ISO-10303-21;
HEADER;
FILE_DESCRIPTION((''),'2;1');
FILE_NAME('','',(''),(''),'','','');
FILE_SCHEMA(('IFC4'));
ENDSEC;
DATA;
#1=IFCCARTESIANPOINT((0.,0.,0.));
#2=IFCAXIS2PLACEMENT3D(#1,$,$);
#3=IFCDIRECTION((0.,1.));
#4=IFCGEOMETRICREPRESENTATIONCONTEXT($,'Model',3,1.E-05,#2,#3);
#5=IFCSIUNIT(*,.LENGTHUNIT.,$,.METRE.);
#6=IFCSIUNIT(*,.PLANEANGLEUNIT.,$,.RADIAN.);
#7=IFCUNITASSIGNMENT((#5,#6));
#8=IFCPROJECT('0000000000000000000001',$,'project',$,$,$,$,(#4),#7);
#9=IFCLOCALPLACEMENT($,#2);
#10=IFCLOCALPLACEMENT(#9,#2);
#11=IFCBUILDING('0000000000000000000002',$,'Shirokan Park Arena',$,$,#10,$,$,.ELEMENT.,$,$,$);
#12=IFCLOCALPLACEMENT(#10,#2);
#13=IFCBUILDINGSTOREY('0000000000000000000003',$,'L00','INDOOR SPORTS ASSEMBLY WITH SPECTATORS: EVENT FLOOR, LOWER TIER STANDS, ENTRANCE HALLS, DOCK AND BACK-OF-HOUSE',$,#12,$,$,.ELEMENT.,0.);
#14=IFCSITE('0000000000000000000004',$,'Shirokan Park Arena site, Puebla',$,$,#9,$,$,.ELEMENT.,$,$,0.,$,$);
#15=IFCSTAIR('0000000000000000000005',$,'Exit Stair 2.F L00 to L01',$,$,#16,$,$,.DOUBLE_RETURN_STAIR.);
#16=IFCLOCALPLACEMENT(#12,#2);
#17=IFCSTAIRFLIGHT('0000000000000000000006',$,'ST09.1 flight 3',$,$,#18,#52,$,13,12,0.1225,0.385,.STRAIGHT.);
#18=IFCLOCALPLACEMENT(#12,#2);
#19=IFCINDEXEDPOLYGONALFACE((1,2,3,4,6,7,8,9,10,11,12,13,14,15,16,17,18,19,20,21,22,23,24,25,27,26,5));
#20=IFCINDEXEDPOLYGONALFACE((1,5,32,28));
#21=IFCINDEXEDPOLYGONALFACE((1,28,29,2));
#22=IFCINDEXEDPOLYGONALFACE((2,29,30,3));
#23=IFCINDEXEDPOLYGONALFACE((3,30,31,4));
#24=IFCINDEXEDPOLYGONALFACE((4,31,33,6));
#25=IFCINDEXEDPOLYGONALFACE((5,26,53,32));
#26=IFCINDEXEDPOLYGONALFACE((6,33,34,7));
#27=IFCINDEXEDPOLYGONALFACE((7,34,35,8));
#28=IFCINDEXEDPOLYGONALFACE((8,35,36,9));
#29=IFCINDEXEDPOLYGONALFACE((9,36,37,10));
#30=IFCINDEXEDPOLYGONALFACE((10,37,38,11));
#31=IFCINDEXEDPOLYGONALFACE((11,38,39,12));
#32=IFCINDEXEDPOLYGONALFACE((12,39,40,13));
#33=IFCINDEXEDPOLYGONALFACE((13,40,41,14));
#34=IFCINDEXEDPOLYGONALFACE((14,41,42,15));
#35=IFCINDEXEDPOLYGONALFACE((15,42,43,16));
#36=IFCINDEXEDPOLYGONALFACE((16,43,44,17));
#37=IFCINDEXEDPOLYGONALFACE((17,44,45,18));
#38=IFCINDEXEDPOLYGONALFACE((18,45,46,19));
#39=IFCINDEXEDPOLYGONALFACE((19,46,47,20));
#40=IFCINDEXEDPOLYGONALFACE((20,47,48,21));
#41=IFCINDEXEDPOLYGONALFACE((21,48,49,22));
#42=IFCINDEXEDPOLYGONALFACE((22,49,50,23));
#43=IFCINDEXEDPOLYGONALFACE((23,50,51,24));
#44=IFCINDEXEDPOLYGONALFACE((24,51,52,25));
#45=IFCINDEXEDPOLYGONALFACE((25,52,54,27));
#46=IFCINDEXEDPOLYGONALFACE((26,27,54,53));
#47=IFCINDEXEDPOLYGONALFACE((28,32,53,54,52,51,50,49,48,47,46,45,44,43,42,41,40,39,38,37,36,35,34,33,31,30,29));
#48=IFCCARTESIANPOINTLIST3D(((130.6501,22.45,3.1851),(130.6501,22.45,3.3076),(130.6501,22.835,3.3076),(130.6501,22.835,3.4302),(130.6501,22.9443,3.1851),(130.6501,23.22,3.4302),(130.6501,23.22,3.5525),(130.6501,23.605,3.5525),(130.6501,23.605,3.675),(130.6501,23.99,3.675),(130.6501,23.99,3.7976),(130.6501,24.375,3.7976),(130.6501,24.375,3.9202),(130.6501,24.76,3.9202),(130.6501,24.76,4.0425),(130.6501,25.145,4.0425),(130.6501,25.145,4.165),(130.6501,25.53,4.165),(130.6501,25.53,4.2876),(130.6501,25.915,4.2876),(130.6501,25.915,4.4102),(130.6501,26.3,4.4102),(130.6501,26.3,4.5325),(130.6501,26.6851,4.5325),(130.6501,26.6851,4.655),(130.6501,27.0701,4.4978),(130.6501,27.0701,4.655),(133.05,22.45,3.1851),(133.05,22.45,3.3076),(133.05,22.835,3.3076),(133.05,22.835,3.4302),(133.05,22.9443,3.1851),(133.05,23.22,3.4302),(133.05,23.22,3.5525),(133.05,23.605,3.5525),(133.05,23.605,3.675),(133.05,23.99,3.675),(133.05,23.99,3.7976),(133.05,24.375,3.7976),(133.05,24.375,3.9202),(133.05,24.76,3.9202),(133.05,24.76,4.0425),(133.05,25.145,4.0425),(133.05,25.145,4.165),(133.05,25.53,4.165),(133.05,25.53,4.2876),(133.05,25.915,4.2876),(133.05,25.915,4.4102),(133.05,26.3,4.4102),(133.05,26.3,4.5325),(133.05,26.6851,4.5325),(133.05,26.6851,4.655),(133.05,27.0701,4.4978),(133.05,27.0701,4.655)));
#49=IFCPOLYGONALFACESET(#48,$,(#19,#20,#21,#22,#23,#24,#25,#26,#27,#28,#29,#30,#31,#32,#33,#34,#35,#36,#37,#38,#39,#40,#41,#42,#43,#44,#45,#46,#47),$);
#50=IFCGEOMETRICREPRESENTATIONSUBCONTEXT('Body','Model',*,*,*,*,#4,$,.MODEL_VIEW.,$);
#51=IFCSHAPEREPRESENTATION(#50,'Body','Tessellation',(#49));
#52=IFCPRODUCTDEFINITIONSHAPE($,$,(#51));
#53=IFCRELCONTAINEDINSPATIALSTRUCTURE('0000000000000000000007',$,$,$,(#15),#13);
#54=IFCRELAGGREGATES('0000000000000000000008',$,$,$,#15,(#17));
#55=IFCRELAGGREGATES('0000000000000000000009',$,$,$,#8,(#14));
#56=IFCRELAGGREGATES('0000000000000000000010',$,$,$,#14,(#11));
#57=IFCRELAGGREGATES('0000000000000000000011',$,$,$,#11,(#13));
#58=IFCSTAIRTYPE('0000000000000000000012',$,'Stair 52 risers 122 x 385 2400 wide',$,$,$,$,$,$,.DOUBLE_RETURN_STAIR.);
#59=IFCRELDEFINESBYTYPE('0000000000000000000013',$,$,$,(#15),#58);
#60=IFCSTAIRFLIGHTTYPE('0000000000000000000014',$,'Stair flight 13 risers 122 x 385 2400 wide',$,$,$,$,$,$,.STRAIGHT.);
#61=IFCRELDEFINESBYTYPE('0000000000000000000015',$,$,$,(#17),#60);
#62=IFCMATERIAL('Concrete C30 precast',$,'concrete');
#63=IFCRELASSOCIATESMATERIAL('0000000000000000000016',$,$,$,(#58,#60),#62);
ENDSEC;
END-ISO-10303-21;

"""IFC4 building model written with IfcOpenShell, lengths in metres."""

from ifc_helpers import new_model, si_unit, direction, frame, origin, place, context, subcontext, project, spatial, polyline, outline, extrude, material, type_object, element, aggregate, save


model = new_model("IFC4")

# Units and contexts
model_context = context("Model", 3, precision=1e-05, world=origin(), true_north=direction((0.0, 1.0)))
body_context = subcontext(model_context, "Body", "Model", "MODEL_VIEW")
ifc_project = project(units=[si_unit("LENGTHUNIT", "METRE"), si_unit("PLANEANGLEUNIT", "RADIAN")], contexts=[model_context])

# Site, building, storey
site_placement = place(None, origin())
site = spatial("IfcSite", under=ifc_project, at=site_placement, Name="Shirokan Park Arena site, Puebla", CompositionType="ELEMENT", RefElevation=0.0)
building_placement = place(site_placement, origin())
building = spatial("IfcBuilding", under=site, at=building_placement, Name="Shirokan Park Arena", CompositionType="ELEMENT")
storey_placement = place(building_placement, origin())
storey = spatial("IfcBuildingStorey", under=building, at=storey_placement, Name="L00", Description="INDOOR SPORTS ASSEMBLY WITH SPECTATORS: EVENT FLOOR, LOWER TIER STANDS, ENTRANCE HALLS, DOCK AND BACK-OF-HOUSE", CompositionType="ELEMENT", Elevation=0.0)

# Stair, stair flight
ifc_material_1 = material(Name="Concrete C30 precast", Category="concrete")
stair_type = type_object("IfcStairType", Name="Stair 52 risers 122 x 385 2400 wide", PredefinedType="DOUBLE_RETURN_STAIR", material=ifc_material_1)
stair_flight_type = type_object("IfcStairFlightType", Name="Stair flight 13 risers 122 x 385 2400 wide", PredefinedType="STRAIGHT", material=ifc_material_1)
stair_1_placement = place(storey_placement, origin())
stair_1 = element("IfcStair", 1, at=stair_1_placement, inside=storey, type_object=stair_type, Name="Exit Stair 2.F L00 to L01", PredefinedType="DOUBLE_RETURN_STAIR")
stair_flight_1_placement = place(storey_placement, frame((131.8501, 22.45, 3.1851), z_axis=(0.0, 0.0, 1.0), x_axis=(0.0, 1.0, 0.0)))
stair_flight_1 = element("IfcStairFlight", 2, at=stair_flight_1_placement, type_object=stair_flight_type, Name="ST09.1 flight 3", NumberOfRisers=13, NumberOfTreads=12, PredefinedType="STRAIGHT", RiserHeight=0.1225, TreadLength=0.385, context=body_context, shape_type="SweptSolid", body=[
    extrude(outline(polyline([(0.0, 0.0), (0.0, 0.1226), (0.385, 0.1226), (0.385, 0.2451), (0.77, 0.2451), (0.77, 0.3674), (1.155, 0.3674), (1.155, 0.49), (1.54, 0.49), (1.54, 0.6125), (1.925, 0.6125), (1.925, 0.7351), (2.3101, 0.7351), (2.3101, 0.8574), (2.6951, 0.8574), (2.6951, 0.98), (3.0801, 0.98), (3.0801, 1.1025), (3.4651, 1.1025), (3.4651, 1.2251), (3.8501, 1.2251), (3.8501, 1.3474), (4.2351, 1.3474), (4.2351, 1.47), (4.6201, 1.47), (4.6201, 1.5925), (4.6201, 1.3127), (0.4944, 0.0), (0.0, 0.0)])), frame((0.0, 1.2, 0.0), z_axis=(0.0, -1.0, 0.0), x_axis=(1.0, 0.0, 0.0)), (0.0, 0.0, 1.0), 2.3999),
])
aggregate(stair_1, [stair_flight_1])

save(model, "model.ifc")
